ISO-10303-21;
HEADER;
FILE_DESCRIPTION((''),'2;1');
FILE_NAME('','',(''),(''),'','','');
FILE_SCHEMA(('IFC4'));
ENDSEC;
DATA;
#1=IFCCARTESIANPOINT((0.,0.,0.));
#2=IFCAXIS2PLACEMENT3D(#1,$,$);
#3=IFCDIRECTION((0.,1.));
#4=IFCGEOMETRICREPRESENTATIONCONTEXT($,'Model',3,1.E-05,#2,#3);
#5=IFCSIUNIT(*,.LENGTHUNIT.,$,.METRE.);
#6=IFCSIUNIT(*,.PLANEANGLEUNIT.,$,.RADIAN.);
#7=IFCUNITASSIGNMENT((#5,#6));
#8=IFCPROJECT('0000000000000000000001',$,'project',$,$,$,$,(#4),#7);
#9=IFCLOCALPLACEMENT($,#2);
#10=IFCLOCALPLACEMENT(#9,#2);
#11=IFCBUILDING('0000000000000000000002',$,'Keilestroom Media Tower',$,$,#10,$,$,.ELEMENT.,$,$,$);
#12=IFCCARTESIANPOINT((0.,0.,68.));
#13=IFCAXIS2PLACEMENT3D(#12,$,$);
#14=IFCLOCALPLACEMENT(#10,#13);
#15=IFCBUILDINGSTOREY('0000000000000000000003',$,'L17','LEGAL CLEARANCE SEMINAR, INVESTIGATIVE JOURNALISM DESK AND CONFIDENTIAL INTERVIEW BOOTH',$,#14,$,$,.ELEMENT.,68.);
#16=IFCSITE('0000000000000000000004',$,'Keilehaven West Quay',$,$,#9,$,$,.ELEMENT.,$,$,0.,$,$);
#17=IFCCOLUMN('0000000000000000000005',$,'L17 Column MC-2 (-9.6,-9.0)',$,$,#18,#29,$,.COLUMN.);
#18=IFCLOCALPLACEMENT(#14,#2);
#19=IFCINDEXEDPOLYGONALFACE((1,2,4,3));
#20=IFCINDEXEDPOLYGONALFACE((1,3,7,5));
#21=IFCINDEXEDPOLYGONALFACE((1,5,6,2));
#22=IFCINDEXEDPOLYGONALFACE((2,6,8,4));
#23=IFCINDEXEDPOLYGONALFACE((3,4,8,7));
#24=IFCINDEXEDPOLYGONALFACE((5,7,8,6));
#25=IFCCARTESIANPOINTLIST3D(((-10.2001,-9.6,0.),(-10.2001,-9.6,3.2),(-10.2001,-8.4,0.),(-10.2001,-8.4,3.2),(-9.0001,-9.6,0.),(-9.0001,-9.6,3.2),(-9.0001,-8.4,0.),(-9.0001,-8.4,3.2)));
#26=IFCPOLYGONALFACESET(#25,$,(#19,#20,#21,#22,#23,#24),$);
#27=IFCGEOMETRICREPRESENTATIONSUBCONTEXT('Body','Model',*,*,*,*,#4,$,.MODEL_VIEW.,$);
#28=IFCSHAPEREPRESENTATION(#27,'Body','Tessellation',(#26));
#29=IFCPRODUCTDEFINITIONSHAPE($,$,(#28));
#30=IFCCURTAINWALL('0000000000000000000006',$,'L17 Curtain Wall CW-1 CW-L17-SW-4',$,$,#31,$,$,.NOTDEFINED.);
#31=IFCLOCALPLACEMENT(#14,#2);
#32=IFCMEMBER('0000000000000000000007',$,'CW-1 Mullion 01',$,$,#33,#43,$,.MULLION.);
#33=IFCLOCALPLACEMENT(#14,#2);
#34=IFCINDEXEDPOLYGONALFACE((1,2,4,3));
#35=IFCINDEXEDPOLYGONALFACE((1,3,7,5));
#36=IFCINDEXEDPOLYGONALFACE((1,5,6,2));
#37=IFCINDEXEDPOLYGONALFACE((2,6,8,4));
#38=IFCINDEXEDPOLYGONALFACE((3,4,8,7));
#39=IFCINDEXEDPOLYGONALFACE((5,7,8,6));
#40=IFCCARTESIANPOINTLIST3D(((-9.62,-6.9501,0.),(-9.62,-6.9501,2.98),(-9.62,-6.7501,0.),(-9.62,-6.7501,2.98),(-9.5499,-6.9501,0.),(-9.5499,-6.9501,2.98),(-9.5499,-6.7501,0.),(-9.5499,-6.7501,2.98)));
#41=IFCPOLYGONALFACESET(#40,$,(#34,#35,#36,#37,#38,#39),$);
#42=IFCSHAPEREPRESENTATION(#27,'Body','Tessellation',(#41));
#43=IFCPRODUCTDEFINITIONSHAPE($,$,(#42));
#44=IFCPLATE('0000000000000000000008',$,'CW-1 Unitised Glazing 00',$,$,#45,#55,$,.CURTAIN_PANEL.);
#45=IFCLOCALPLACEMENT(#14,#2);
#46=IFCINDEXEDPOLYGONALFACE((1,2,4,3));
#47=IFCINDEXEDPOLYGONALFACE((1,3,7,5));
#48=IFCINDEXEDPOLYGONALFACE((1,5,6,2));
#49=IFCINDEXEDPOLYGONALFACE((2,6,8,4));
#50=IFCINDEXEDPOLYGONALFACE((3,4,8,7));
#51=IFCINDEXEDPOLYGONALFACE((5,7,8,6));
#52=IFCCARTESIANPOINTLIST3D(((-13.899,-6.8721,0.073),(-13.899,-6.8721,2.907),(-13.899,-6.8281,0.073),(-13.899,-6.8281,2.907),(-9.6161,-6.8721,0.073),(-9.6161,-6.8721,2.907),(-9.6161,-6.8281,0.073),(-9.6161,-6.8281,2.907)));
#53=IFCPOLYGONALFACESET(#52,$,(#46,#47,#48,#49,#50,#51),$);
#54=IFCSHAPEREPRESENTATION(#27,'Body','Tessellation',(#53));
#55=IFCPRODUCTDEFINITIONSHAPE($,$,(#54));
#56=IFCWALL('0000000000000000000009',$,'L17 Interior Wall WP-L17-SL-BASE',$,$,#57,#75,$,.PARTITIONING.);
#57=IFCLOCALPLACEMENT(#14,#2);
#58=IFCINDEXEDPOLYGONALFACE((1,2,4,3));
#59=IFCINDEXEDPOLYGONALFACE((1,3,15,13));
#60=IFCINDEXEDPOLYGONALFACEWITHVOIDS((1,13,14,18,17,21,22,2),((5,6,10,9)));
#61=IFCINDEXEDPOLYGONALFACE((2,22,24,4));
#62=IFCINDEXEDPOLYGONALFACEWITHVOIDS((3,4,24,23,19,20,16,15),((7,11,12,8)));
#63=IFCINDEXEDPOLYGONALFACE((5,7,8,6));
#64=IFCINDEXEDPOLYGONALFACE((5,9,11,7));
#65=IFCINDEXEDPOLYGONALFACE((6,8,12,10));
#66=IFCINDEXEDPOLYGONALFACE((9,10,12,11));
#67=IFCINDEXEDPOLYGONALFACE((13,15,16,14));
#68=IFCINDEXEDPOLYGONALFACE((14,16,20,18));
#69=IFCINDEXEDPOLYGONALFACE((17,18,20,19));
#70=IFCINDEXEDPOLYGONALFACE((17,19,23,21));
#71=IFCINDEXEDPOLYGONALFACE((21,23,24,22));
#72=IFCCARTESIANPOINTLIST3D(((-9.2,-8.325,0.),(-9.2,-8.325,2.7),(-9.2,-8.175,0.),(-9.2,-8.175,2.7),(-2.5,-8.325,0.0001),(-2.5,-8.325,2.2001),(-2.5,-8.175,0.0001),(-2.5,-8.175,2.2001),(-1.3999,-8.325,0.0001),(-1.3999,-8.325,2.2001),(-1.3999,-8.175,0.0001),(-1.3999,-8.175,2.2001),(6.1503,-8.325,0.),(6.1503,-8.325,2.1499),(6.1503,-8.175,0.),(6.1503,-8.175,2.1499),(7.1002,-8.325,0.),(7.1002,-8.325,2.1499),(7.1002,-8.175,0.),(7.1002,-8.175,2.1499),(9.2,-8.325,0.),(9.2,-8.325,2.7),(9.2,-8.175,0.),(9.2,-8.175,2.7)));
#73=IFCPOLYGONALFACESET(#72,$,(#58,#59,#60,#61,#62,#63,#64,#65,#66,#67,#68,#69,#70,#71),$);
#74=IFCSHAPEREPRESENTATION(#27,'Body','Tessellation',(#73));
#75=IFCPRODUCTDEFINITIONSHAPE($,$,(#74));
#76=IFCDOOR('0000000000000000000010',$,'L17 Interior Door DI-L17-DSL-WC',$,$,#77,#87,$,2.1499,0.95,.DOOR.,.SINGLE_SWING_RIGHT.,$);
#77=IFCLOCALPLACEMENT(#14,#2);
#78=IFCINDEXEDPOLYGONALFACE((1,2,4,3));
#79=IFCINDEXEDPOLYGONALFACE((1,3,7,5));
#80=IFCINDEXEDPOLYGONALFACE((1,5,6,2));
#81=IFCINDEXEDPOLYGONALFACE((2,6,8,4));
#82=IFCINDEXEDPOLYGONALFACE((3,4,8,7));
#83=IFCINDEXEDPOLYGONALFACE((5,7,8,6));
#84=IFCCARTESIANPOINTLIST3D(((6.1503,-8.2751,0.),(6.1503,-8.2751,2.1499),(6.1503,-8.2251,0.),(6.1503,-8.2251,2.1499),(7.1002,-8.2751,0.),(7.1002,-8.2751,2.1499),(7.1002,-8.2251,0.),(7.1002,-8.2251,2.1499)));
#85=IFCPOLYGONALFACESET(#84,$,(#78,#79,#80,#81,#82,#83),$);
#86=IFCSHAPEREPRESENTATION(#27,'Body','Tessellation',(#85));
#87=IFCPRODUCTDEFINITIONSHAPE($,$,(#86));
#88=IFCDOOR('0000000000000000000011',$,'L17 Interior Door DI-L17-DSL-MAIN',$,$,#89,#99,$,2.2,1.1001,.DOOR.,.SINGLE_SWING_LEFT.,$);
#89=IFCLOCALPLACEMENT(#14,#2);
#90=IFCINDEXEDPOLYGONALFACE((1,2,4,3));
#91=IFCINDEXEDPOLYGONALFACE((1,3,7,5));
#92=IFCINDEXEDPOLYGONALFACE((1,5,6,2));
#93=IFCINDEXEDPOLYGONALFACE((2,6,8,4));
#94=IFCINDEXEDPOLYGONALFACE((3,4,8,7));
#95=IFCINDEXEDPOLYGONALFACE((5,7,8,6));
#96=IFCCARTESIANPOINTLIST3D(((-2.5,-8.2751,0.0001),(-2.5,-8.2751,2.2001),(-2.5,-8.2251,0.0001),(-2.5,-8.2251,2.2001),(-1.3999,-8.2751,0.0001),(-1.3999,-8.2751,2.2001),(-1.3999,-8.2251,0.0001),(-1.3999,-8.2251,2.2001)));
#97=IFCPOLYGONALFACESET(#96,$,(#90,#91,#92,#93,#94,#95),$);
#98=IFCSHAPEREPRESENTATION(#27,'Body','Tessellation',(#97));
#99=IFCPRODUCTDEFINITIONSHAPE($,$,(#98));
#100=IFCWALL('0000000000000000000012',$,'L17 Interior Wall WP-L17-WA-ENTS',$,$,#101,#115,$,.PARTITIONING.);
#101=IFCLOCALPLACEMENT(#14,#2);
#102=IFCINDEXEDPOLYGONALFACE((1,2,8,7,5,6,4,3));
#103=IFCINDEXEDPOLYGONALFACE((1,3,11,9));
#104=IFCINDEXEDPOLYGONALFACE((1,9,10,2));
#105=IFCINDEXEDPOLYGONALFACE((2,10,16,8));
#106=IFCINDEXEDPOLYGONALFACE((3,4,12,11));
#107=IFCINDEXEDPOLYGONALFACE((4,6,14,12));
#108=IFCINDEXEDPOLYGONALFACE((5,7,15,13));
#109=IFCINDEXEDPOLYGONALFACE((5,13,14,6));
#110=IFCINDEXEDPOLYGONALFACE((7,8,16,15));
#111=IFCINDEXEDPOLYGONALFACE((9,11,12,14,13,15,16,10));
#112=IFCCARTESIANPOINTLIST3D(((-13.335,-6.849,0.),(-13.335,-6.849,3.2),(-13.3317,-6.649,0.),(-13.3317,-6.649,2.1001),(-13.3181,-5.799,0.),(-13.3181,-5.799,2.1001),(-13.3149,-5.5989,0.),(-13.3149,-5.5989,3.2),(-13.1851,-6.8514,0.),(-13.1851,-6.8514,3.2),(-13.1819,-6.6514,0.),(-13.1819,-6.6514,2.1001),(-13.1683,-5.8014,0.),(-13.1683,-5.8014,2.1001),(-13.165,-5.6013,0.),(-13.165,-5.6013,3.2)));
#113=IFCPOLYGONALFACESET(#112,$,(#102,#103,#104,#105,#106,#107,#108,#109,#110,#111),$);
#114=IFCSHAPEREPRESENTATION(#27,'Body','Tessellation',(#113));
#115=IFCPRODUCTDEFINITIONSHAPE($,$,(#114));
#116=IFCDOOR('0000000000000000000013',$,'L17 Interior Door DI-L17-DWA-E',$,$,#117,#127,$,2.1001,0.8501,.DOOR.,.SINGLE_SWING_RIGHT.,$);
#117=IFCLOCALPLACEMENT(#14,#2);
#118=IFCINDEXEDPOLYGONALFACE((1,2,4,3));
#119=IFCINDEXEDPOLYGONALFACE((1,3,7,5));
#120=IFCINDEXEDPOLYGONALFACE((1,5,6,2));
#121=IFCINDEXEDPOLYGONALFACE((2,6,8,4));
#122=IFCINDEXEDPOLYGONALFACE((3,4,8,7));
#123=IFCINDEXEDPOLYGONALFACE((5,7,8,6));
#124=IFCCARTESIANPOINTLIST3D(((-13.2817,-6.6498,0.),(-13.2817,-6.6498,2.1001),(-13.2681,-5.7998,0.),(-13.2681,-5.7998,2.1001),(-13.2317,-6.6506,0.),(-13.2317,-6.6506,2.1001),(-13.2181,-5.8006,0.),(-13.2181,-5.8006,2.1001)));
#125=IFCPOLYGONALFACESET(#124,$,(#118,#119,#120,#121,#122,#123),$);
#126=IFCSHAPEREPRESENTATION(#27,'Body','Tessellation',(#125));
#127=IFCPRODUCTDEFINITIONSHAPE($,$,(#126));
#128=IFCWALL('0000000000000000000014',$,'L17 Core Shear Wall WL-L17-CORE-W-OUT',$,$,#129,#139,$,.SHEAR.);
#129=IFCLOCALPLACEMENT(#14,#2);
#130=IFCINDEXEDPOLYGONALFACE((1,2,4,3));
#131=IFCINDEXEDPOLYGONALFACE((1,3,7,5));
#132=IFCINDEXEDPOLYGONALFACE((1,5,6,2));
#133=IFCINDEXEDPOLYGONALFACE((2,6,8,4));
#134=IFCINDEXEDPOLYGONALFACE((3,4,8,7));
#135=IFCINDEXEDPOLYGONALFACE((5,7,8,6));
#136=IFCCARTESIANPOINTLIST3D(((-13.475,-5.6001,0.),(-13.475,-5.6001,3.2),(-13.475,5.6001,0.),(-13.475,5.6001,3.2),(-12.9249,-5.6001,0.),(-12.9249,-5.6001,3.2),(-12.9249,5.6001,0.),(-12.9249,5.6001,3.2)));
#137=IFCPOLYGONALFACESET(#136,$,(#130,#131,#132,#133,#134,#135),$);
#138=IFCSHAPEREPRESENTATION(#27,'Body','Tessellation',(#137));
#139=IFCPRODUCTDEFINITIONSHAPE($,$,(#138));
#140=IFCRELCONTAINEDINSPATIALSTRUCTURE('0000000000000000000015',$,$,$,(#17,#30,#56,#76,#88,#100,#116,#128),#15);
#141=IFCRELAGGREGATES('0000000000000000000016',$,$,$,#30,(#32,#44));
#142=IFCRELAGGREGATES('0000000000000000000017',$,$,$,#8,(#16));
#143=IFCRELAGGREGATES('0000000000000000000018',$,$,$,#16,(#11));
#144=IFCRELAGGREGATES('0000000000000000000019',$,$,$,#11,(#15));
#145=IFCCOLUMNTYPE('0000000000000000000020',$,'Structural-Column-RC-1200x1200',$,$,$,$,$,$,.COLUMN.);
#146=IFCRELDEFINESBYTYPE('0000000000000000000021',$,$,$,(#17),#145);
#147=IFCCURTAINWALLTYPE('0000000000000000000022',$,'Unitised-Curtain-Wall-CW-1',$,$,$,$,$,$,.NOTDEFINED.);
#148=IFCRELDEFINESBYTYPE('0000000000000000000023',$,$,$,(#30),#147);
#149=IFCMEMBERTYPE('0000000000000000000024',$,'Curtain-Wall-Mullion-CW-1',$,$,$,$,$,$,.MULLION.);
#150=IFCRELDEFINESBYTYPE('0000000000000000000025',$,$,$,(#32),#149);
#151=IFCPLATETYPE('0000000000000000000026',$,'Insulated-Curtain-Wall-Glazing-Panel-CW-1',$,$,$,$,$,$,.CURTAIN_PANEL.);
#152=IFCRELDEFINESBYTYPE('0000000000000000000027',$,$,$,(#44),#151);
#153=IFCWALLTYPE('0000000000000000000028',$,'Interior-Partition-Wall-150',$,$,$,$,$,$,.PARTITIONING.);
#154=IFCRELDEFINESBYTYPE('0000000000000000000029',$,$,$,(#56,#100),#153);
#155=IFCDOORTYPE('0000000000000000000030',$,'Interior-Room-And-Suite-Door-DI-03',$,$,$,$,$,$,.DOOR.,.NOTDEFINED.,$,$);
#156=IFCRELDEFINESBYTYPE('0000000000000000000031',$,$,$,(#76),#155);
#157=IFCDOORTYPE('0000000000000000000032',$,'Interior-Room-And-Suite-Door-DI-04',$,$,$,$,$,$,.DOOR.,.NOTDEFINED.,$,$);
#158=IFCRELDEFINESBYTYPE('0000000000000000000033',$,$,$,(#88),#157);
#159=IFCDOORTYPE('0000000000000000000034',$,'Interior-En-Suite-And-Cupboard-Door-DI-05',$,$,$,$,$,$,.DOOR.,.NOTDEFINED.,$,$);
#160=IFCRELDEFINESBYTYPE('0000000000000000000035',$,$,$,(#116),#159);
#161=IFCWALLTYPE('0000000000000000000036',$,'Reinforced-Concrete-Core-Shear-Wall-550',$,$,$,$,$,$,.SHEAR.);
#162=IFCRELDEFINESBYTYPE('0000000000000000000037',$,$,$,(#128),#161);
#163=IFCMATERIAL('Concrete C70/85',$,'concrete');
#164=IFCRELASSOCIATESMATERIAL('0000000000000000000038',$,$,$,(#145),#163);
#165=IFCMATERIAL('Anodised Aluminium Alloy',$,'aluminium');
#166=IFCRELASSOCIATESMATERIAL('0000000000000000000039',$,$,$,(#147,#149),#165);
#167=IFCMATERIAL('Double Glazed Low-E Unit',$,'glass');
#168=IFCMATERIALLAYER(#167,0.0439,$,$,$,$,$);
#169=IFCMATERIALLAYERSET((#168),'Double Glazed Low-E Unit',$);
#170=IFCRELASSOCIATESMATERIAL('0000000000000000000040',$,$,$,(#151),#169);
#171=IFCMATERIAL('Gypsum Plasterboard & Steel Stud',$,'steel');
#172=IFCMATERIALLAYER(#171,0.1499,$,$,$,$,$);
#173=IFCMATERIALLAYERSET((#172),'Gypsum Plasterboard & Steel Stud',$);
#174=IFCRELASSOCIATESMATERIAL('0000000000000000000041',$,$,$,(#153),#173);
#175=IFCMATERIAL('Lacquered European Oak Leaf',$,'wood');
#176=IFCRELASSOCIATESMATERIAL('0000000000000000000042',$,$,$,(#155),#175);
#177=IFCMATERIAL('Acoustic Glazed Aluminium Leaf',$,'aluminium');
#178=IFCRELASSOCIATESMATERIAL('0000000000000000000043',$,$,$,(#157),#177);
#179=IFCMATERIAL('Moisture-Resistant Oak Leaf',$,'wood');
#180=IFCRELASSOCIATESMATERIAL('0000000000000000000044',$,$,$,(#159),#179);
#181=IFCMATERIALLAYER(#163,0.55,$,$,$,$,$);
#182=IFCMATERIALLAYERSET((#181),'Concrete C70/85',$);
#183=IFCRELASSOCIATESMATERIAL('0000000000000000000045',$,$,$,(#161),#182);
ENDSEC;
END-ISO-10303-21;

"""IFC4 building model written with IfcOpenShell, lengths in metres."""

from ifc_helpers import new_model, si_unit, direction, frame, frame_2d, origin, origin_2d, place, context, subcontext, project, spatial, rectangle, extrude, source, transform, mapped, material, layer, layer_set, material_profile, profile_set, type_object, element, fill, aggregate, save


model = new_model("IFC4")

# Units and contexts
model_context = context("Model", 3, precision=1e-05, world=origin(), true_north=direction((0.0, 1.0)))
body_context = subcontext(model_context, "Body", "Model", "MODEL_VIEW")
ifc_project = project(units=[si_unit("LENGTHUNIT", "METRE"), si_unit("PLANEANGLEUNIT", "RADIAN")], contexts=[model_context])

# Site, building, storey
site_placement = place(None, origin())
site = spatial("IfcSite", under=ifc_project, at=site_placement, Name="Keilehaven West Quay", CompositionType="ELEMENT", RefElevation=0.0)
building_placement = place(site_placement, origin())
building = spatial("IfcBuilding", under=site, at=building_placement, Name="Keilestroom Media Tower", CompositionType="ELEMENT")
storey_placement = place(building_placement, frame((0.0, 0.0, 68.0)))
storey = spatial("IfcBuildingStorey", under=building, at=storey_placement, Name="L17", Description="LEGAL CLEARANCE SEMINAR, INVESTIGATIVE JOURNALISM DESK AND CONFIDENTIAL INTERVIEW BOOTH", CompositionType="ELEMENT", Elevation=68.0)

# Column
ifc_material_1 = material(Name="Concrete C70/85", Category="concrete")
ifc_material_profile_1 = material_profile(ifc_material_1, rectangle(XDim=1.2, YDim=1.2, at=origin_2d()), Name="RC 1200x1200")
ifc_profile_set_1 = profile_set([ifc_material_profile_1], Name="Concrete C70/85")
column_type = type_object("IfcColumnType", Name="Structural-Column-RC-1200x1200", PredefinedType="COLUMN", material=ifc_profile_set_1)
shared_shape_1 = source(origin(), body_context, "Body", "SweptSolid", [
    extrude(rectangle(XDim=1.2, YDim=1.2, at=origin_2d()), origin(), (0.0, 0.0, 1.0), 3.2),
])
column_placement = place(storey_placement, frame((-9.6001, -9.0, 0.0), z_axis=(0.0, 0.0, 1.0), x_axis=(1.0, 0.0, 0.0)))
element("IfcColumn", 1, at=column_placement, inside=storey, type_object=column_type, Name="L17 Column MC-2 (-9.6,-9.0)", PredefinedType="COLUMN", context=body_context, shape_type="MappedRepresentation", body=[
    mapped(shared_shape_1, transform((0.0, 0.0, 0.0), x_axis=(1.0, 0.0, 0.0), y_axis=(0.0, 1.0, 0.0), z_axis=(0.0, 0.0, 1.0), scale=1.0)),
])

# Curtain wall, member, plate
ifc_material_2 = material(Name="Anodised Aluminium Alloy", Category="aluminium")
curtain_wall_type = type_object("IfcCurtainWallType", Name="Unitised-Curtain-Wall-CW-1", PredefinedType="NOTDEFINED", material=ifc_material_2)
curtain_wall_placement = place(storey_placement, origin())
curtain_wall = element("IfcCurtainWall", 2, at=curtain_wall_placement, inside=storey, type_object=curtain_wall_type, Name="L17 Curtain Wall CW-1 CW-L17-SW-4", PredefinedType="NOTDEFINED")
ifc_material_profile_2 = material_profile(ifc_material_2, rectangle(XDim=0.0701, YDim=0.2, at=origin_2d()), Name="ALU MULLION 70x200")
ifc_profile_set_2 = profile_set([ifc_material_profile_2], Name="Anodised Aluminium Alloy")
member_type = type_object("IfcMemberType", Name="Curtain-Wall-Mullion-CW-1", PredefinedType="MULLION", material=ifc_profile_set_2)
shared_shape_2 = source(origin(), body_context, "Body", "SweptSolid", [
    extrude(rectangle(XDim=0.0701, YDim=0.2, at=origin_2d()), origin(), (0.0, 0.0, 1.0), 2.98),
])
member_placement = place(storey_placement, frame((-9.585, -6.8501, 0.0), z_axis=(0.0, 0.0, 1.0), x_axis=(1.0, 0.0, 0.0)))
member = element("IfcMember", 3, at=member_placement, type_object=member_type, Name="CW-1 Mullion 01", PredefinedType="MULLION", context=body_context, shape_type="MappedRepresentation", body=[
    mapped(shared_shape_2, transform((0.0, 0.0, 0.0), x_axis=(1.0, 0.0, 0.0), y_axis=(0.0, 1.0, 0.0), z_axis=(0.0, 0.0, 1.0), scale=1.0)),
])
ifc_material_3 = material(Name="Double Glazed Low-E Unit", Category="glass")
ifc_layer_1 = layer(ifc_material_3, 0.0439)
ifc_layer_set_1 = layer_set([ifc_layer_1], Name="Double Glazed Low-E Unit")
plate_type = type_object("IfcPlateType", Name="Insulated-Curtain-Wall-Glazing-Panel-CW-1", PredefinedType="CURTAIN_PANEL", material=ifc_layer_set_1)
shared_shape_3 = source(origin(), body_context, "Body", "SweptSolid", [
    extrude(rectangle(XDim=4.283, YDim=0.0439, at=origin_2d()), origin(), (0.0, 0.0, 1.0), 2.834),
])
plate_placement = place(storey_placement, frame((-11.7576, -6.8501, 0.073), z_axis=(0.0, 0.0, 1.0), x_axis=(1.0, 0.0, 0.0)))
plate = element("IfcPlate", 4, at=plate_placement, type_object=plate_type, Name="CW-1 Unitised Glazing 00", PredefinedType="CURTAIN_PANEL", context=body_context, shape_type="MappedRepresentation", body=[
    mapped(shared_shape_3, transform((0.0, 0.0, 0.0), x_axis=(1.0, 0.0, 0.0), y_axis=(0.0, 1.0, 0.0), z_axis=(0.0, 0.0, 1.0), scale=1.0)),
])
aggregate(curtain_wall, [member, plate])

# Wall, openings, doors
ifc_material_4 = material(Name="Gypsum Plasterboard & Steel Stud", Category="steel")
ifc_layer_2 = layer(ifc_material_4, 0.1499)
ifc_layer_set_2 = layer_set([ifc_layer_2], Name="Gypsum Plasterboard & Steel Stud")
wall_type_1 = type_object("IfcWallType", Name="Interior-Partition-Wall-150", PredefinedType="PARTITIONING", material=ifc_layer_set_2)
wall_1_placement = place(storey_placement, frame((-9.2, -8.25, 0.0), z_axis=(0.0, 0.0, 1.0), x_axis=(1.0, 0.0, 0.0)))
wall_1 = element("IfcWall", 5, at=wall_1_placement, inside=storey, type_object=wall_type_1, Name="L17 Interior Wall WP-L17-SL-BASE", PredefinedType="PARTITIONING", context=body_context, shape_type="SweptSolid", body=[
    extrude(rectangle(XDim=18.3999, YDim=0.1499, at=frame_2d((9.2, 0.0))), origin(), (0.0, 0.0, 1.0), 2.7),
])
opening_1_placement = place(wall_1_placement, frame((15.3501, 0.0, 0.0)))
opening_1 = element("IfcOpeningElement", 6, at=opening_1_placement, cuts=wall_1, PredefinedType="OPENING", context=body_context, shape_type="SweptSolid", body=[
    extrude(rectangle(XDim=0.95, YDim=2.1499, at=frame_2d((0.4751, 1.075))), frame((0.0, 0.085, 0.0), z_axis=(0.0, -1.0, 0.0), x_axis=(1.0, 0.0, 0.0)), (0.0, 0.0, 1.0), 0.1699),
])
opening_2_placement = place(wall_1_placement, frame((6.7, 0.0, 0.0)))
opening_2 = element("IfcOpeningElement", 7, at=opening_2_placement, cuts=wall_1, PredefinedType="OPENING", context=body_context, shape_type="SweptSolid", body=[
    extrude(rectangle(XDim=1.1001, YDim=2.2, at=frame_2d((0.55, 1.1001))), frame((0.0, 0.085, 0.0), z_axis=(0.0, -1.0, 0.0), x_axis=(1.0, 0.0, 0.0)), (0.0, 0.0, 1.0), 0.1699),
])
ifc_material_5 = material(Name="Lacquered European Oak Leaf", Category="wood")
door_type_1 = type_object("IfcDoorType", Name="Interior-Room-And-Suite-Door-DI-03", OperationType="NOTDEFINED", PredefinedType="DOOR", material=ifc_material_5)
shared_shape_4 = source(origin(), body_context, "Body", "SweptSolid", [
    extrude(rectangle(XDim=0.95, YDim=2.1499, at=frame_2d((0.4751, 1.075))), frame((0.0, 0.0249, 0.0), z_axis=(0.0, -1.0, 0.0), x_axis=(1.0, 0.0, 0.0)), (0.0, 0.0, 1.0), 0.05),
])
door_1_placement = place(opening_1_placement, origin())
door_1 = element("IfcDoor", 8, at=door_1_placement, inside=storey, type_object=door_type_1, Name="L17 Interior Door DI-L17-DSL-WC", OperationType="SINGLE_SWING_RIGHT", OverallHeight=2.1499, OverallWidth=0.95, PredefinedType="DOOR", context=body_context, shape_type="MappedRepresentation", body=[
    mapped(shared_shape_4, transform((0.0, 0.0, 0.0), x_axis=(1.0, 0.0, 0.0), y_axis=(0.0, 1.0, 0.0), z_axis=(0.0, 0.0, 1.0), scale=1.0)),
])
fill(opening_1, door_1)
ifc_material_6 = material(Name="Acoustic Glazed Aluminium Leaf", Category="aluminium")
door_type_2 = type_object("IfcDoorType", Name="Interior-Room-And-Suite-Door-DI-04", OperationType="NOTDEFINED", PredefinedType="DOOR", material=ifc_material_6)
shared_shape_5 = source(origin(), body_context, "Body", "SweptSolid", [
    extrude(rectangle(XDim=1.1001, YDim=2.2, at=frame_2d((0.55, 1.1001))), frame((0.0, 0.0249, 0.0), z_axis=(0.0, -1.0, 0.0), x_axis=(1.0, 0.0, 0.0)), (0.0, 0.0, 1.0), 0.05),
])
door_2_placement = place(opening_2_placement, origin())
door_2 = element("IfcDoor", 9, at=door_2_placement, inside=storey, type_object=door_type_2, Name="L17 Interior Door DI-L17-DSL-MAIN", OperationType="SINGLE_SWING_LEFT", OverallHeight=2.2, OverallWidth=1.1001, PredefinedType="DOOR", context=body_context, shape_type="MappedRepresentation", body=[
    mapped(shared_shape_5, transform((0.0, 0.0, 0.0), x_axis=(1.0, 0.0, 0.0), y_axis=(0.0, 1.0, 0.0), z_axis=(0.0, 0.0, 1.0), scale=1.0)),
])
fill(opening_2, door_2)

# Wall, opening, door
wall_2_placement = place(storey_placement, frame((-13.26, -6.8501, 0.0), z_axis=(0.0, 0.0, 1.0), x_axis=(0.016014, 0.999872, 0.0)))
wall_2 = element("IfcWall", 10, at=wall_2_placement, inside=storey, type_object=wall_type_1, Name="L17 Interior Wall WP-L17-WA-ENTS", PredefinedType="PARTITIONING", context=body_context, shape_type="SweptSolid", body=[
    extrude(rectangle(XDim=1.2502, YDim=0.1499, at=frame_2d((0.625, 0.0))), origin(), (0.0, 0.0, 1.0), 3.2),
])
opening_3_placement = place(wall_2_placement, frame((0.2, 0.0, 0.0)))
opening_3 = element("IfcOpeningElement", 11, at=opening_3_placement, cuts=wall_2, PredefinedType="OPENING", context=body_context, shape_type="SweptSolid", body=[
    extrude(rectangle(XDim=0.8501, YDim=2.1001, at=frame_2d((0.425, 1.05))), frame((0.0, 0.085, 0.0), z_axis=(0.0, -1.0, 0.0), x_axis=(1.0, 0.0, 0.0)), (0.0, 0.0, 1.0), 0.1699),
])
ifc_material_7 = material(Name="Moisture-Resistant Oak Leaf", Category="wood")
door_type_3 = type_object("IfcDoorType", Name="Interior-En-Suite-And-Cupboard-Door-DI-05", OperationType="NOTDEFINED", PredefinedType="DOOR", material=ifc_material_7)
shared_shape_6 = source(origin(), body_context, "Body", "SweptSolid", [
    extrude(rectangle(XDim=0.8501, YDim=2.1001, at=frame_2d((0.425, 1.05))), frame((0.0, 0.0249, 0.0), z_axis=(0.0, -1.0, 0.0), x_axis=(1.0, 0.0, 0.0)), (0.0, 0.0, 1.0), 0.05),
])
door_3_placement = place(opening_3_placement, origin())
door_3 = element("IfcDoor", 12, at=door_3_placement, inside=storey, type_object=door_type_3, Name="L17 Interior Door DI-L17-DWA-E", OperationType="SINGLE_SWING_RIGHT", OverallHeight=2.1001, OverallWidth=0.8501, PredefinedType="DOOR", context=body_context, shape_type="MappedRepresentation", body=[
    mapped(shared_shape_6, transform((0.0, 0.0, 0.0), x_axis=(1.0, 0.0, 0.0), y_axis=(0.0, 1.0, 0.0), z_axis=(0.0, 0.0, 1.0), scale=1.0)),
])
fill(opening_3, door_3)

# Wall
ifc_layer_3 = layer(ifc_material_1, 0.55)
ifc_layer_set_3 = layer_set([ifc_layer_3], Name="Concrete C70/85")
wall_type_2 = type_object("IfcWallType", Name="Reinforced-Concrete-Core-Shear-Wall-550", PredefinedType="SHEAR", material=ifc_layer_set_3)
wall_3_placement = place(storey_placement, frame((-13.2, -5.6001, 0.0), z_axis=(0.0, 0.0, 1.0), x_axis=(0.0, 1.0, 0.0)))
element("IfcWall", 13, at=wall_3_placement, inside=storey, type_object=wall_type_2, Name="L17 Core Shear Wall WL-L17-CORE-W-OUT", PredefinedType="SHEAR", context=body_context, shape_type="SweptSolid", body=[
    extrude(rectangle(XDim=11.2002, YDim=0.55, at=frame_2d((5.6001, 0.0))), origin(), (0.0, 0.0, 1.0), 3.2),
])

save(model, "model.ifc")
